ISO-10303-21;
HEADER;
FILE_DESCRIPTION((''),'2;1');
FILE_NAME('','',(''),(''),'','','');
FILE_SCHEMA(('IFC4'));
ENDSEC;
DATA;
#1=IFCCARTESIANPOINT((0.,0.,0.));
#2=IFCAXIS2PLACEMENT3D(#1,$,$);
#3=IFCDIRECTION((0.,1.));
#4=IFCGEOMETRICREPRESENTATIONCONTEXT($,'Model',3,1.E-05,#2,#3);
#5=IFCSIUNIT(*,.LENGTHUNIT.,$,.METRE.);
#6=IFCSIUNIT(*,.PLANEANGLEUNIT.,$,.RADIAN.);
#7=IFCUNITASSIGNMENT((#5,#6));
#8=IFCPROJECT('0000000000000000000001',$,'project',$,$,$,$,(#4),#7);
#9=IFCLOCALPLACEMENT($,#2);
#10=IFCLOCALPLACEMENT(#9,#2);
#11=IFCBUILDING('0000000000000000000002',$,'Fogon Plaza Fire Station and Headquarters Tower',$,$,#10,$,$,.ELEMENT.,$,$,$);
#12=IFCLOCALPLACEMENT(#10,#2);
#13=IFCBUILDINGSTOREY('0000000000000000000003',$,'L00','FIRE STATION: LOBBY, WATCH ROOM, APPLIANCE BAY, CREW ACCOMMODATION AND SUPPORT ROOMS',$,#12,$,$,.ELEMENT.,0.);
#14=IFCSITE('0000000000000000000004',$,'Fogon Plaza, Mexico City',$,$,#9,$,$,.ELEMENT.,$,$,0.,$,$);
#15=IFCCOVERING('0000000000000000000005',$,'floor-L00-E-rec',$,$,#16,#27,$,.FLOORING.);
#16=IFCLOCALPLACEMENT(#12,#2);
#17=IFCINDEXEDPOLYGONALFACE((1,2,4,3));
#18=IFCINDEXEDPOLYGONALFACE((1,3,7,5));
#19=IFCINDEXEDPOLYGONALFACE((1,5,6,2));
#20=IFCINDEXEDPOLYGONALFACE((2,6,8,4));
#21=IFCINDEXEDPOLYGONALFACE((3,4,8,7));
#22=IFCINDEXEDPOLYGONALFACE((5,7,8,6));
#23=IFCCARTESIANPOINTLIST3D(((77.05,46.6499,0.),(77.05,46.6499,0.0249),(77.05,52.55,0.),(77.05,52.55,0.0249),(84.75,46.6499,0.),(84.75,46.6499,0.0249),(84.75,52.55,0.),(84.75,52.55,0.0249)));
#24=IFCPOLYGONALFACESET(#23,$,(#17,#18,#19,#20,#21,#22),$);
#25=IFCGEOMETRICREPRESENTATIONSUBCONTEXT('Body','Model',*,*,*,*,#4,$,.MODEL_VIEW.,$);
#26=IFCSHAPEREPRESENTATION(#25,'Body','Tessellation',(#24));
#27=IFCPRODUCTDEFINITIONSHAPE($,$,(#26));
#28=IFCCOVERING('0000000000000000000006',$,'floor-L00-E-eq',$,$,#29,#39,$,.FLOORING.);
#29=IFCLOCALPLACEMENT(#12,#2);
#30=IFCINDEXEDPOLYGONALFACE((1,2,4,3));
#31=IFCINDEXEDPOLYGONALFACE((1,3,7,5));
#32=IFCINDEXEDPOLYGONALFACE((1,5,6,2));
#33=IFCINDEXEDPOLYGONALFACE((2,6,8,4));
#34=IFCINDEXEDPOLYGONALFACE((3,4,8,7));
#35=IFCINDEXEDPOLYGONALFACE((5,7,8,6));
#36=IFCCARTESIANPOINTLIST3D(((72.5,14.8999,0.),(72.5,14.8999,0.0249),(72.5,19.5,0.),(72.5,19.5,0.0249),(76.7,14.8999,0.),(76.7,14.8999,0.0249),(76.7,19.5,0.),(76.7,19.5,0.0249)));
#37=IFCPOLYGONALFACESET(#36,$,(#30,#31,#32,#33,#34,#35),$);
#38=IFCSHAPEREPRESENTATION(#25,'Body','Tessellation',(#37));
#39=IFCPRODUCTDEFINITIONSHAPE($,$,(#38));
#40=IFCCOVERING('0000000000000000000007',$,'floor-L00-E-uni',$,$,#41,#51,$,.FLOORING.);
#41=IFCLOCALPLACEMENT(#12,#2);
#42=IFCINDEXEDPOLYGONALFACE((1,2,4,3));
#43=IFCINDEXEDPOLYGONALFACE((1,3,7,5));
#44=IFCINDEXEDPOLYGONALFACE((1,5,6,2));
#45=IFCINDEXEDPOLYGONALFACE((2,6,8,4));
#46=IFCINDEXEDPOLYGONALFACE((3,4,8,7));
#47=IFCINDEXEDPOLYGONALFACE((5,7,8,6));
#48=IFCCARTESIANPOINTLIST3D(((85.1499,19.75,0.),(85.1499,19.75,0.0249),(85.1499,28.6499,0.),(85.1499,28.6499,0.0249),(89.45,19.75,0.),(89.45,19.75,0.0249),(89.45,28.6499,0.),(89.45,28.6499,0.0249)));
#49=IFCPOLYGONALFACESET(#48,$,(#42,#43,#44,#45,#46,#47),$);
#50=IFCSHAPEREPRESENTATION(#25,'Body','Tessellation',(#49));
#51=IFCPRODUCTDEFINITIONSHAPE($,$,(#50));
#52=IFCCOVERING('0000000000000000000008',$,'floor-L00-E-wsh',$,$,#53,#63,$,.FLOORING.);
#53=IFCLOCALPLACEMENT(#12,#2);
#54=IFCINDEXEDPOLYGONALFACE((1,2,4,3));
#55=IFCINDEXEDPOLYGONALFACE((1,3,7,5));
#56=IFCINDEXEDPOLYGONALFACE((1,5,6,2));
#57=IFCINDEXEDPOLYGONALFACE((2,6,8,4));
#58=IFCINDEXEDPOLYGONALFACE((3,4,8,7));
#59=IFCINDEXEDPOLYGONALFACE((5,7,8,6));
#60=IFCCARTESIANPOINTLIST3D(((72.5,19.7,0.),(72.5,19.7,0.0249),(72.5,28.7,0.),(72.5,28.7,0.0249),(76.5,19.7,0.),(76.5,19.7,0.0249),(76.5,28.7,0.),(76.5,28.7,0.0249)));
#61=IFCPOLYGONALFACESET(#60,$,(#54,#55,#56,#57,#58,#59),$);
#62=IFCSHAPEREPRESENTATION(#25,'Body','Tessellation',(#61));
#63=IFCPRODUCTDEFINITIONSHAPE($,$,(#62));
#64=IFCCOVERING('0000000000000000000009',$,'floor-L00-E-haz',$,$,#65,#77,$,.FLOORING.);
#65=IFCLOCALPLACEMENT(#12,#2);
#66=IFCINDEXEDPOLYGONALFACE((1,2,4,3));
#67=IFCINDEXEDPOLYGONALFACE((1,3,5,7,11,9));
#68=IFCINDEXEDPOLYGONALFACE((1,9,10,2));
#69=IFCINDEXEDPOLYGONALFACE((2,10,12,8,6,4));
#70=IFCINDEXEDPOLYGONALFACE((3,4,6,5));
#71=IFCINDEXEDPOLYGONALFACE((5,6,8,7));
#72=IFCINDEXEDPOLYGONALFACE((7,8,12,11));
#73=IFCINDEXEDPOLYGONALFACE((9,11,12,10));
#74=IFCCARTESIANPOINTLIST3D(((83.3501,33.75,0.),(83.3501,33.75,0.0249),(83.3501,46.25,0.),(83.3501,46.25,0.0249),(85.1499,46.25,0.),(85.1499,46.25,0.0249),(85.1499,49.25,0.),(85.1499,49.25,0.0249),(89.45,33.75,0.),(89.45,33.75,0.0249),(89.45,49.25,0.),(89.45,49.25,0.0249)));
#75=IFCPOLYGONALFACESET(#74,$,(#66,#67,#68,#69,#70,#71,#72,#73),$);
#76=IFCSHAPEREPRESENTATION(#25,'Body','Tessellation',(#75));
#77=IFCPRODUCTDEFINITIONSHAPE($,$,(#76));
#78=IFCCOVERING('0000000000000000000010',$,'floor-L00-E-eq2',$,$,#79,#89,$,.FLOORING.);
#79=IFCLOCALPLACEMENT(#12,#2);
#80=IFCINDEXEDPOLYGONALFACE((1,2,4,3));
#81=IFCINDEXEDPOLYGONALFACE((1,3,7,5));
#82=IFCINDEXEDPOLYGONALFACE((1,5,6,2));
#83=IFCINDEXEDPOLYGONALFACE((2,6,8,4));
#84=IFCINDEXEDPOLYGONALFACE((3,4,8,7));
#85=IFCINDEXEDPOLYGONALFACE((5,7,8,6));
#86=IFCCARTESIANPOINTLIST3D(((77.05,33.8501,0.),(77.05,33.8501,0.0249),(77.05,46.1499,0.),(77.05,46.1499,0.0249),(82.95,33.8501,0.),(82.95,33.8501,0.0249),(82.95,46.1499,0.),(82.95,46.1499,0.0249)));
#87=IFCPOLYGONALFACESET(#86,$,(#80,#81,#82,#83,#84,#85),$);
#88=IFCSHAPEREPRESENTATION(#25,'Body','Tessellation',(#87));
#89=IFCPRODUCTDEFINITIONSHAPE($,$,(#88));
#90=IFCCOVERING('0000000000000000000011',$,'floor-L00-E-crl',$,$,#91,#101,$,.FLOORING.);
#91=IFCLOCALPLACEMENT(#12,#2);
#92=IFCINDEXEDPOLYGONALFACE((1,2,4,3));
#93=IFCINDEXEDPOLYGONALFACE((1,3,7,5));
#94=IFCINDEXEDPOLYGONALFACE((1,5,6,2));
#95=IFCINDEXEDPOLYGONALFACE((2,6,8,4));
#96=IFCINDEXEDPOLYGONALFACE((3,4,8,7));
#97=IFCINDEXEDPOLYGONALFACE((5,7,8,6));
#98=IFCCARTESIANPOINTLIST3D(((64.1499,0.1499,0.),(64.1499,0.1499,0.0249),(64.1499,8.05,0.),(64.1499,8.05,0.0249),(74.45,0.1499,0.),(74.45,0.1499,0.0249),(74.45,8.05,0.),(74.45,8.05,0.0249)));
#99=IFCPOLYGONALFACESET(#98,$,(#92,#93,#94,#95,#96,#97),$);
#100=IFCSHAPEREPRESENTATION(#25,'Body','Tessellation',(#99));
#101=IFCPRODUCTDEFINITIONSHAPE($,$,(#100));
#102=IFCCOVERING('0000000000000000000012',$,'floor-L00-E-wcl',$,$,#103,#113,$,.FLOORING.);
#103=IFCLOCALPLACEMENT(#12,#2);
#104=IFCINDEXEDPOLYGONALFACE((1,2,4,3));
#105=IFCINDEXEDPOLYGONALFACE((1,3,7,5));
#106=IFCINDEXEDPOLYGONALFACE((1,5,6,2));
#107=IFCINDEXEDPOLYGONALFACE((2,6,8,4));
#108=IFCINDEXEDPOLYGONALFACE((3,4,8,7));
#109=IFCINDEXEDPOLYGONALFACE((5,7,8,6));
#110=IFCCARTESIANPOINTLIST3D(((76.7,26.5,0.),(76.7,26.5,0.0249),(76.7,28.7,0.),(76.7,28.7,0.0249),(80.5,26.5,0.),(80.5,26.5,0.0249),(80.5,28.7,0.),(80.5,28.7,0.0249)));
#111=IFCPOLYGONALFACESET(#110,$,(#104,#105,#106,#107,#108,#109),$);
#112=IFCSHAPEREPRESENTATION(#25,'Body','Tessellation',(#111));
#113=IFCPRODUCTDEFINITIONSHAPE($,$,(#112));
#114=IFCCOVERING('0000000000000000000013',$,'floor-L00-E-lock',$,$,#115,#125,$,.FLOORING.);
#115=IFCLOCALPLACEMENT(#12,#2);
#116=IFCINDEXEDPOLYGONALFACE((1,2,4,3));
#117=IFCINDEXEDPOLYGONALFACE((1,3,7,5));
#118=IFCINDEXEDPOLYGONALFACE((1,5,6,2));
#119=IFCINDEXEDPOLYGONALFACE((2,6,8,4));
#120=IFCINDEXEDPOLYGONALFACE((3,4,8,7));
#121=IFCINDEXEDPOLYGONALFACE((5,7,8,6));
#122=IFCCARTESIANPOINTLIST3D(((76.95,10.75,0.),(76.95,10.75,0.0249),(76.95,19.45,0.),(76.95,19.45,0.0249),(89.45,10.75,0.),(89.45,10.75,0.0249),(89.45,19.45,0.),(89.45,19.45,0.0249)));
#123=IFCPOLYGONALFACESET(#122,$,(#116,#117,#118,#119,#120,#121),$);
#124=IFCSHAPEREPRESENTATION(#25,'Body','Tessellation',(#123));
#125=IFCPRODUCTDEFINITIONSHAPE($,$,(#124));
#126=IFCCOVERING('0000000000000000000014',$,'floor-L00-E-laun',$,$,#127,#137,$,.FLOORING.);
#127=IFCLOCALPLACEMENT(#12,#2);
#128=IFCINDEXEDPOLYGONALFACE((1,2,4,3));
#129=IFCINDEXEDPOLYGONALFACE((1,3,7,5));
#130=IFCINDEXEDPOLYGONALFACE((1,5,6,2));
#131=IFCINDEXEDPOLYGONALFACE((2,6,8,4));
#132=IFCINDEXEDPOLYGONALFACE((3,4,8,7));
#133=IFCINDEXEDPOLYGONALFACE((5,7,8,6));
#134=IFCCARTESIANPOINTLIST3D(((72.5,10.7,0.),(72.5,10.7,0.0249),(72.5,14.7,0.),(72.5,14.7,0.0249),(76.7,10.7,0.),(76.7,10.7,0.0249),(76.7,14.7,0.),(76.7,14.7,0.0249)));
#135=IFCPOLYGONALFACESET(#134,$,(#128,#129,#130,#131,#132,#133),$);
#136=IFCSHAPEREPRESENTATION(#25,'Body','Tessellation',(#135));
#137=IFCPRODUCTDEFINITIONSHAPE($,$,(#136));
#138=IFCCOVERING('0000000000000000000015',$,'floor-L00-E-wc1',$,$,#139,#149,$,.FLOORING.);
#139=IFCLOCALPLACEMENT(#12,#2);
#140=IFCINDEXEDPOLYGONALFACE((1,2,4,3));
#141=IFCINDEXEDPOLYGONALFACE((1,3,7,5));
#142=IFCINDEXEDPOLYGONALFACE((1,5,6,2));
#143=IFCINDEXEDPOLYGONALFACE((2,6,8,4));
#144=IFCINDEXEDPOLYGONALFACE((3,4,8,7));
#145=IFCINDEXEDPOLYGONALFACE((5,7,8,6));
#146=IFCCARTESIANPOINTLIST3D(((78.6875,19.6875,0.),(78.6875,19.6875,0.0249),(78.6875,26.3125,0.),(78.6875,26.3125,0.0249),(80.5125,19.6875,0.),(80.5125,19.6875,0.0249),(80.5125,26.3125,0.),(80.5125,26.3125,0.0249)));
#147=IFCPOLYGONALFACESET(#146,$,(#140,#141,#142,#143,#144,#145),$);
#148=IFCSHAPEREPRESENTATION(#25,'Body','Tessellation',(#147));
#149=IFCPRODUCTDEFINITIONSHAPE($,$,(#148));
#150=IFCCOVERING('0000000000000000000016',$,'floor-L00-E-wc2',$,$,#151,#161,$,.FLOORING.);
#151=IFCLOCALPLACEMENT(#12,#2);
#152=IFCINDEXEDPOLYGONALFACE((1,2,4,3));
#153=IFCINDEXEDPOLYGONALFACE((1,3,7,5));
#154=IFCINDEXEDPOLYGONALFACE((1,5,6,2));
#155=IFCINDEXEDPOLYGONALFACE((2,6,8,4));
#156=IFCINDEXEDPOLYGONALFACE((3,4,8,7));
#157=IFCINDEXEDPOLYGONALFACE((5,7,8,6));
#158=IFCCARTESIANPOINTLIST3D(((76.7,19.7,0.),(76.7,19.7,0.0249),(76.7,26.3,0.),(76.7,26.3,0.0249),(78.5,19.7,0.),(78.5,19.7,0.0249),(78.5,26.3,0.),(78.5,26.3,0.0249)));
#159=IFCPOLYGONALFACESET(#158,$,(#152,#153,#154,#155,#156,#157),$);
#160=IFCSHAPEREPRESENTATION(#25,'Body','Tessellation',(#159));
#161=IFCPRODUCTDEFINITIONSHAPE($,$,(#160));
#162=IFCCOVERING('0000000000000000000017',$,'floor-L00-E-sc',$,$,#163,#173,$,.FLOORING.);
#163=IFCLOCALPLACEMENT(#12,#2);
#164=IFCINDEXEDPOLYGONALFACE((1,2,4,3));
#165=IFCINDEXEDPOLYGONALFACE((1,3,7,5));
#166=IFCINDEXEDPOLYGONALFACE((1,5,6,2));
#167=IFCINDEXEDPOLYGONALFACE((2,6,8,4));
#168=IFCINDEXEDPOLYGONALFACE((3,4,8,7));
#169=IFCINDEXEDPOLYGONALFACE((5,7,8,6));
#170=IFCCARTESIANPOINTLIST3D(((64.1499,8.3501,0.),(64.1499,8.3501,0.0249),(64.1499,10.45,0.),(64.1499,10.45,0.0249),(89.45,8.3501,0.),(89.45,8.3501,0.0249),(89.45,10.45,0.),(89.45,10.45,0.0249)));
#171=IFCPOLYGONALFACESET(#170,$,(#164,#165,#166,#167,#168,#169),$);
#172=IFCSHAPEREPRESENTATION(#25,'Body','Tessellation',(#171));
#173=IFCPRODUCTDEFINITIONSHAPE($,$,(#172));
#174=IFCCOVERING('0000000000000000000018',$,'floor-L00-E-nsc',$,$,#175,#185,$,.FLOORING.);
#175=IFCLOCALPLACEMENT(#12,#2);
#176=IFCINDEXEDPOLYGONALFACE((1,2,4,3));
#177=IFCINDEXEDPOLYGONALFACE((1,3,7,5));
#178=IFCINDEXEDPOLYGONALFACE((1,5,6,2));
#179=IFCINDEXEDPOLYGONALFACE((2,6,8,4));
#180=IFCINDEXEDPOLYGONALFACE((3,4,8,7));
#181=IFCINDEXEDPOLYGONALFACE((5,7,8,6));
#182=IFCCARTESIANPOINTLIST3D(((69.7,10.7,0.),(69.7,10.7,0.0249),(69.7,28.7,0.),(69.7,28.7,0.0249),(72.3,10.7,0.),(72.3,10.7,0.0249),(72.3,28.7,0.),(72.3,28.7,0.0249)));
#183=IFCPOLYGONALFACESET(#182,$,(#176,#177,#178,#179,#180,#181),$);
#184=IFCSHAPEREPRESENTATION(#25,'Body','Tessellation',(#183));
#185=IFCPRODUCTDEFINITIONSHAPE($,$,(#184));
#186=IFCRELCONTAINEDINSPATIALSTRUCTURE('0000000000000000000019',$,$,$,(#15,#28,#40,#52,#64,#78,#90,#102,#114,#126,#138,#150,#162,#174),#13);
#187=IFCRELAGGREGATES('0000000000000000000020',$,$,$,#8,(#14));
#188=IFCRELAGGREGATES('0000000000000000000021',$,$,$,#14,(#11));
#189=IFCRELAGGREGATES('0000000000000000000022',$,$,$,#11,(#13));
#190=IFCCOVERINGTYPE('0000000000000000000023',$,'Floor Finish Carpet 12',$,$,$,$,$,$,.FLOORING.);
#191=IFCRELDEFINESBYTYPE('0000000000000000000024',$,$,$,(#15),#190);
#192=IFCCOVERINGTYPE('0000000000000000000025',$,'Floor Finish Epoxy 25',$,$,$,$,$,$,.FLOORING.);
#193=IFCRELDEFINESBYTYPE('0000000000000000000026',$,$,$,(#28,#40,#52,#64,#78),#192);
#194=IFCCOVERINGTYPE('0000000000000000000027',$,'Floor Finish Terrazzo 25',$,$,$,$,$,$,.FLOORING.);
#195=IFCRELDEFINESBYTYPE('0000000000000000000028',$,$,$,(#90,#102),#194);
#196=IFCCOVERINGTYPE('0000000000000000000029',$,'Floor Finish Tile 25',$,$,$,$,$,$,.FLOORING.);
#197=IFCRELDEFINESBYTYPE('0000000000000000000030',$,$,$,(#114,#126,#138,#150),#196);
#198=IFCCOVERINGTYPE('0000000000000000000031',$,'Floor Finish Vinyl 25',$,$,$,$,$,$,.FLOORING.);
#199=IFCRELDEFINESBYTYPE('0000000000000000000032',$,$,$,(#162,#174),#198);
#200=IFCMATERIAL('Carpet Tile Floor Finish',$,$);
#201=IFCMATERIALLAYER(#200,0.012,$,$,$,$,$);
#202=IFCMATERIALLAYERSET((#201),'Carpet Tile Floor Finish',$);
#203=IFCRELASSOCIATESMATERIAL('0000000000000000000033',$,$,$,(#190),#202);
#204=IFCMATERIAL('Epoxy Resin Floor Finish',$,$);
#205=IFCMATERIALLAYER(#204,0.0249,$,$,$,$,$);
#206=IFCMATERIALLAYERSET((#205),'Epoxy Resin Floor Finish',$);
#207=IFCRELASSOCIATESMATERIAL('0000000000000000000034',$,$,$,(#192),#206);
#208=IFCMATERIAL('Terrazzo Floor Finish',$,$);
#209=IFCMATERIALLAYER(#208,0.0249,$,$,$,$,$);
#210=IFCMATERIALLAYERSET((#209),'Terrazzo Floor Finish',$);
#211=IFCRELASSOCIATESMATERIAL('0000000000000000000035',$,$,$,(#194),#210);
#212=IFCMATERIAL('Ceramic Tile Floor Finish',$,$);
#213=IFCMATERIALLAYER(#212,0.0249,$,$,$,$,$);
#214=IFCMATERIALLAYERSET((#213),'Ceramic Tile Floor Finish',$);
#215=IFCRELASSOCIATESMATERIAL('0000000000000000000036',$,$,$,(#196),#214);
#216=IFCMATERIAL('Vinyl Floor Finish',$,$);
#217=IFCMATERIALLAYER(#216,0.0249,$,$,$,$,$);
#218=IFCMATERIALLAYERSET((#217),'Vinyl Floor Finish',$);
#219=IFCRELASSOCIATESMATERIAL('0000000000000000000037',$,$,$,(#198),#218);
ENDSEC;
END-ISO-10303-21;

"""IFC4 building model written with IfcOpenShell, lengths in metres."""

from ifc_helpers import new_model, si_unit, direction, origin, place, context, subcontext, project, spatial, polyline, outline, extrude, material, layer, layer_set, type_object, element, save


model = new_model("IFC4")

# Units and contexts
model_context = context("Model", 3, precision=1e-05, world=origin(), true_north=direction((0.0, 1.0)))
body_context = subcontext(model_context, "Body", "Model", "MODEL_VIEW")
ifc_project = project(units=[si_unit("LENGTHUNIT", "METRE"), si_unit("PLANEANGLEUNIT", "RADIAN")], contexts=[model_context])

# Site, building, storey
site_placement = place(None, origin())
site = spatial("IfcSite", under=ifc_project, at=site_placement, Name="Fogon Plaza, Mexico City", CompositionType="ELEMENT", RefElevation=0.0)
building_placement = place(site_placement, origin())
building = spatial("IfcBuilding", under=site, at=building_placement, Name="Fogon Plaza Fire Station and Headquarters Tower", CompositionType="ELEMENT")
storey_placement = place(building_placement, origin())
storey = spatial("IfcBuildingStorey", under=building, at=storey_placement, Name="L00", Description="FIRE STATION: LOBBY, WATCH ROOM, APPLIANCE BAY, CREW ACCOMMODATION AND SUPPORT ROOMS", CompositionType="ELEMENT", Elevation=0.0)

# Coverings
ifc_material_1 = material(Name="Carpet Tile Floor Finish")
ifc_layer_1 = layer(ifc_material_1, 0.012)
ifc_layer_set_1 = layer_set([ifc_layer_1], Name="Carpet Tile Floor Finish")
covering_type_1 = type_object("IfcCoveringType", Name="Floor Finish Carpet 12", PredefinedType="FLOORING", material=ifc_layer_set_1)
covering_1_placement = place(storey_placement, origin())
element("IfcCovering", 1, at=covering_1_placement, inside=storey, type_object=covering_type_1, Name="floor-L00-E-rec", PredefinedType="FLOORING", context=body_context, shape_type="SweptSolid", body=[
    extrude(outline(polyline([(77.05, 46.6499), (77.05, 52.55), (84.75, 52.55), (84.75, 46.6499), (77.05, 46.6499)])), origin(), (0.0, 0.0, 1.0), 0.0249),
])
ifc_material_2 = material(Name="Epoxy Resin Floor Finish")
ifc_layer_2 = layer(ifc_material_2, 0.0249)
ifc_layer_set_2 = layer_set([ifc_layer_2], Name="Epoxy Resin Floor Finish")
covering_type_2 = type_object("IfcCoveringType", Name="Floor Finish Epoxy 25", PredefinedType="FLOORING", material=ifc_layer_set_2)
covering_2_placement = place(storey_placement, origin())
element("IfcCovering", 2, at=covering_2_placement, inside=storey, type_object=covering_type_2, Name="floor-L00-E-eq", PredefinedType="FLOORING", context=body_context, shape_type="SweptSolid", body=[
    extrude(outline(polyline([(72.5, 14.8999), (72.5, 19.5), (76.7, 19.5), (76.7, 14.8999), (72.5, 14.8999)])), origin(), (0.0, 0.0, 1.0), 0.0249),
])
covering_3_placement = place(storey_placement, origin())
element("IfcCovering", 3, at=covering_3_placement, inside=storey, type_object=covering_type_2, Name="floor-L00-E-uni", PredefinedType="FLOORING", context=body_context, shape_type="SweptSolid", body=[
    extrude(outline(polyline([(85.1499, 19.75), (85.1499, 28.6499), (89.45, 28.6499), (89.45, 19.75), (85.1499, 19.75)])), origin(), (0.0, 0.0, 1.0), 0.0249),
])
covering_4_placement = place(storey_placement, origin())
element("IfcCovering", 4, at=covering_4_placement, inside=storey, type_object=covering_type_2, Name="floor-L00-E-wsh", PredefinedType="FLOORING", context=body_context, shape_type="SweptSolid", body=[
    extrude(outline(polyline([(72.5, 19.7), (72.5, 28.7), (76.5, 28.7), (76.5, 19.7), (72.5, 19.7)])), origin(), (0.0, 0.0, 1.0), 0.0249),
])
covering_5_placement = place(storey_placement, origin())
element("IfcCovering", 5, at=covering_5_placement, inside=storey, type_object=covering_type_2, Name="floor-L00-E-haz", PredefinedType="FLOORING", context=body_context, shape_type="SweptSolid", body=[
    extrude(outline(polyline([(83.3501, 33.75), (83.3501, 46.25), (85.1499, 46.25), (85.1499, 49.25), (89.45, 49.25), (89.45, 33.75), (83.3501, 33.75)])), origin(), (0.0, 0.0, 1.0), 0.0249),
])
covering_6_placement = place(storey_placement, origin())
element("IfcCovering", 6, at=covering_6_placement, inside=storey, type_object=covering_type_2, Name="floor-L00-E-eq2", PredefinedType="FLOORING", context=body_context, shape_type="SweptSolid", body=[
    extrude(outline(polyline([(77.05, 33.8501), (77.05, 46.1499), (82.95, 46.1499), (82.95, 33.8501), (77.05, 33.8501)])), origin(), (0.0, 0.0, 1.0), 0.0249),
])
ifc_material_3 = material(Name="Terrazzo Floor Finish")
ifc_layer_3 = layer(ifc_material_3, 0.0249)
ifc_layer_set_3 = layer_set([ifc_layer_3], Name="Terrazzo Floor Finish")
covering_type_3 = type_object("IfcCoveringType", Name="Floor Finish Terrazzo 25", PredefinedType="FLOORING", material=ifc_layer_set_3)
covering_7_placement = place(storey_placement, origin())
element("IfcCovering", 7, at=covering_7_placement, inside=storey, type_object=covering_type_3, Name="floor-L00-E-crl", PredefinedType="FLOORING", context=body_context, shape_type="SweptSolid", body=[
    extrude(outline(polyline([(64.1499, 0.1499), (64.1499, 8.05), (74.45, 8.05), (74.45, 0.1499), (64.1499, 0.1499)])), origin(), (0.0, 0.0, 1.0), 0.0249),
])
covering_8_placement = place(storey_placement, origin())
element("IfcCovering", 8, at=covering_8_placement, inside=storey, type_object=covering_type_3, Name="floor-L00-E-wcl", PredefinedType="FLOORING", context=body_context, shape_type="SweptSolid", body=[
    extrude(outline(polyline([(76.7, 26.5), (76.7, 28.7), (80.5, 28.7), (80.5, 26.5), (76.7, 26.5)])), origin(), (0.0, 0.0, 1.0), 0.0249),
])
ifc_material_4 = material(Name="Ceramic Tile Floor Finish")
ifc_layer_4 = layer(ifc_material_4, 0.0249)
ifc_layer_set_4 = layer_set([ifc_layer_4], Name="Ceramic Tile Floor Finish")
covering_type_4 = type_object("IfcCoveringType", Name="Floor Finish Tile 25", PredefinedType="FLOORING", material=ifc_layer_set_4)
covering_9_placement = place(storey_placement, origin())
element("IfcCovering", 9, at=covering_9_placement, inside=storey, type_object=covering_type_4, Name="floor-L00-E-lock", PredefinedType="FLOORING", context=body_context, shape_type="SweptSolid", body=[
    extrude(outline(polyline([(76.95, 10.75), (76.95, 19.45), (89.45, 19.45), (89.45, 10.75), (76.95, 10.75)])), origin(), (0.0, 0.0, 1.0), 0.0249),
])
covering_10_placement = place(storey_placement, origin())
element("IfcCovering", 10, at=covering_10_placement, inside=storey, type_object=covering_type_4, Name="floor-L00-E-laun", PredefinedType="FLOORING", context=body_context, shape_type="SweptSolid", body=[
    extrude(outline(polyline([(72.5, 10.7), (72.5, 14.7), (76.7, 14.7), (76.7, 10.7), (72.5, 10.7)])), origin(), (0.0, 0.0, 1.0), 0.0249),
])
covering_11_placement = place(storey_placement, origin())
element("IfcCovering", 11, at=covering_11_placement, inside=storey, type_object=covering_type_4, Name="floor-L00-E-wc1", PredefinedType="FLOORING", context=body_context, shape_type="SweptSolid", body=[
    extrude(outline(polyline([(78.6875, 19.6875), (78.6875, 26.3125), (80.5125, 26.3125), (80.5125, 19.6875), (78.6875, 19.6875)])), origin(), (0.0, 0.0, 1.0), 0.0249),
])
covering_12_placement = place(storey_placement, origin())
element("IfcCovering", 12, at=covering_12_placement, inside=storey, type_object=covering_type_4, Name="floor-L00-E-wc2", PredefinedType="FLOORING", context=body_context, shape_type="SweptSolid", body=[
    extrude(outline(polyline([(76.7, 19.7), (76.7, 26.3), (78.5, 26.3), (78.5, 19.7), (76.7, 19.7)])), origin(), (0.0, 0.0, 1.0), 0.0249),
])
ifc_material_5 = material(Name="Vinyl Floor Finish")
ifc_layer_5 = layer(ifc_material_5, 0.0249)
ifc_layer_set_5 = layer_set([ifc_layer_5], Name="Vinyl Floor Finish")
covering_type_5 = type_object("IfcCoveringType", Name="Floor Finish Vinyl 25", PredefinedType="FLOORING", material=ifc_layer_set_5)
covering_13_placement = place(storey_placement, origin())
element("IfcCovering", 13, at=covering_13_placement, inside=storey, type_object=covering_type_5, Name="floor-L00-E-sc", PredefinedType="FLOORING", context=body_context, shape_type="SweptSolid", body=[
    extrude(outline(polyline([(64.1499, 8.3501), (64.1499, 10.45), (89.45, 10.45), (89.45, 8.3501), (64.1499, 8.3501)])), origin(), (0.0, 0.0, 1.0), 0.0249),
])
covering_14_placement = place(storey_placement, origin())
element("IfcCovering", 14, at=covering_14_placement, inside=storey, type_object=covering_type_5, Name="floor-L00-E-nsc", PredefinedType="FLOORING", context=body_context, shape_type="SweptSolid", body=[
    extrude(outline(polyline([(69.7, 10.7), (69.7, 28.7), (72.3, 28.7), (72.3, 10.7), (69.7, 10.7)])), origin(), (0.0, 0.0, 1.0), 0.0249),
])

save(model, "model.ifc")
